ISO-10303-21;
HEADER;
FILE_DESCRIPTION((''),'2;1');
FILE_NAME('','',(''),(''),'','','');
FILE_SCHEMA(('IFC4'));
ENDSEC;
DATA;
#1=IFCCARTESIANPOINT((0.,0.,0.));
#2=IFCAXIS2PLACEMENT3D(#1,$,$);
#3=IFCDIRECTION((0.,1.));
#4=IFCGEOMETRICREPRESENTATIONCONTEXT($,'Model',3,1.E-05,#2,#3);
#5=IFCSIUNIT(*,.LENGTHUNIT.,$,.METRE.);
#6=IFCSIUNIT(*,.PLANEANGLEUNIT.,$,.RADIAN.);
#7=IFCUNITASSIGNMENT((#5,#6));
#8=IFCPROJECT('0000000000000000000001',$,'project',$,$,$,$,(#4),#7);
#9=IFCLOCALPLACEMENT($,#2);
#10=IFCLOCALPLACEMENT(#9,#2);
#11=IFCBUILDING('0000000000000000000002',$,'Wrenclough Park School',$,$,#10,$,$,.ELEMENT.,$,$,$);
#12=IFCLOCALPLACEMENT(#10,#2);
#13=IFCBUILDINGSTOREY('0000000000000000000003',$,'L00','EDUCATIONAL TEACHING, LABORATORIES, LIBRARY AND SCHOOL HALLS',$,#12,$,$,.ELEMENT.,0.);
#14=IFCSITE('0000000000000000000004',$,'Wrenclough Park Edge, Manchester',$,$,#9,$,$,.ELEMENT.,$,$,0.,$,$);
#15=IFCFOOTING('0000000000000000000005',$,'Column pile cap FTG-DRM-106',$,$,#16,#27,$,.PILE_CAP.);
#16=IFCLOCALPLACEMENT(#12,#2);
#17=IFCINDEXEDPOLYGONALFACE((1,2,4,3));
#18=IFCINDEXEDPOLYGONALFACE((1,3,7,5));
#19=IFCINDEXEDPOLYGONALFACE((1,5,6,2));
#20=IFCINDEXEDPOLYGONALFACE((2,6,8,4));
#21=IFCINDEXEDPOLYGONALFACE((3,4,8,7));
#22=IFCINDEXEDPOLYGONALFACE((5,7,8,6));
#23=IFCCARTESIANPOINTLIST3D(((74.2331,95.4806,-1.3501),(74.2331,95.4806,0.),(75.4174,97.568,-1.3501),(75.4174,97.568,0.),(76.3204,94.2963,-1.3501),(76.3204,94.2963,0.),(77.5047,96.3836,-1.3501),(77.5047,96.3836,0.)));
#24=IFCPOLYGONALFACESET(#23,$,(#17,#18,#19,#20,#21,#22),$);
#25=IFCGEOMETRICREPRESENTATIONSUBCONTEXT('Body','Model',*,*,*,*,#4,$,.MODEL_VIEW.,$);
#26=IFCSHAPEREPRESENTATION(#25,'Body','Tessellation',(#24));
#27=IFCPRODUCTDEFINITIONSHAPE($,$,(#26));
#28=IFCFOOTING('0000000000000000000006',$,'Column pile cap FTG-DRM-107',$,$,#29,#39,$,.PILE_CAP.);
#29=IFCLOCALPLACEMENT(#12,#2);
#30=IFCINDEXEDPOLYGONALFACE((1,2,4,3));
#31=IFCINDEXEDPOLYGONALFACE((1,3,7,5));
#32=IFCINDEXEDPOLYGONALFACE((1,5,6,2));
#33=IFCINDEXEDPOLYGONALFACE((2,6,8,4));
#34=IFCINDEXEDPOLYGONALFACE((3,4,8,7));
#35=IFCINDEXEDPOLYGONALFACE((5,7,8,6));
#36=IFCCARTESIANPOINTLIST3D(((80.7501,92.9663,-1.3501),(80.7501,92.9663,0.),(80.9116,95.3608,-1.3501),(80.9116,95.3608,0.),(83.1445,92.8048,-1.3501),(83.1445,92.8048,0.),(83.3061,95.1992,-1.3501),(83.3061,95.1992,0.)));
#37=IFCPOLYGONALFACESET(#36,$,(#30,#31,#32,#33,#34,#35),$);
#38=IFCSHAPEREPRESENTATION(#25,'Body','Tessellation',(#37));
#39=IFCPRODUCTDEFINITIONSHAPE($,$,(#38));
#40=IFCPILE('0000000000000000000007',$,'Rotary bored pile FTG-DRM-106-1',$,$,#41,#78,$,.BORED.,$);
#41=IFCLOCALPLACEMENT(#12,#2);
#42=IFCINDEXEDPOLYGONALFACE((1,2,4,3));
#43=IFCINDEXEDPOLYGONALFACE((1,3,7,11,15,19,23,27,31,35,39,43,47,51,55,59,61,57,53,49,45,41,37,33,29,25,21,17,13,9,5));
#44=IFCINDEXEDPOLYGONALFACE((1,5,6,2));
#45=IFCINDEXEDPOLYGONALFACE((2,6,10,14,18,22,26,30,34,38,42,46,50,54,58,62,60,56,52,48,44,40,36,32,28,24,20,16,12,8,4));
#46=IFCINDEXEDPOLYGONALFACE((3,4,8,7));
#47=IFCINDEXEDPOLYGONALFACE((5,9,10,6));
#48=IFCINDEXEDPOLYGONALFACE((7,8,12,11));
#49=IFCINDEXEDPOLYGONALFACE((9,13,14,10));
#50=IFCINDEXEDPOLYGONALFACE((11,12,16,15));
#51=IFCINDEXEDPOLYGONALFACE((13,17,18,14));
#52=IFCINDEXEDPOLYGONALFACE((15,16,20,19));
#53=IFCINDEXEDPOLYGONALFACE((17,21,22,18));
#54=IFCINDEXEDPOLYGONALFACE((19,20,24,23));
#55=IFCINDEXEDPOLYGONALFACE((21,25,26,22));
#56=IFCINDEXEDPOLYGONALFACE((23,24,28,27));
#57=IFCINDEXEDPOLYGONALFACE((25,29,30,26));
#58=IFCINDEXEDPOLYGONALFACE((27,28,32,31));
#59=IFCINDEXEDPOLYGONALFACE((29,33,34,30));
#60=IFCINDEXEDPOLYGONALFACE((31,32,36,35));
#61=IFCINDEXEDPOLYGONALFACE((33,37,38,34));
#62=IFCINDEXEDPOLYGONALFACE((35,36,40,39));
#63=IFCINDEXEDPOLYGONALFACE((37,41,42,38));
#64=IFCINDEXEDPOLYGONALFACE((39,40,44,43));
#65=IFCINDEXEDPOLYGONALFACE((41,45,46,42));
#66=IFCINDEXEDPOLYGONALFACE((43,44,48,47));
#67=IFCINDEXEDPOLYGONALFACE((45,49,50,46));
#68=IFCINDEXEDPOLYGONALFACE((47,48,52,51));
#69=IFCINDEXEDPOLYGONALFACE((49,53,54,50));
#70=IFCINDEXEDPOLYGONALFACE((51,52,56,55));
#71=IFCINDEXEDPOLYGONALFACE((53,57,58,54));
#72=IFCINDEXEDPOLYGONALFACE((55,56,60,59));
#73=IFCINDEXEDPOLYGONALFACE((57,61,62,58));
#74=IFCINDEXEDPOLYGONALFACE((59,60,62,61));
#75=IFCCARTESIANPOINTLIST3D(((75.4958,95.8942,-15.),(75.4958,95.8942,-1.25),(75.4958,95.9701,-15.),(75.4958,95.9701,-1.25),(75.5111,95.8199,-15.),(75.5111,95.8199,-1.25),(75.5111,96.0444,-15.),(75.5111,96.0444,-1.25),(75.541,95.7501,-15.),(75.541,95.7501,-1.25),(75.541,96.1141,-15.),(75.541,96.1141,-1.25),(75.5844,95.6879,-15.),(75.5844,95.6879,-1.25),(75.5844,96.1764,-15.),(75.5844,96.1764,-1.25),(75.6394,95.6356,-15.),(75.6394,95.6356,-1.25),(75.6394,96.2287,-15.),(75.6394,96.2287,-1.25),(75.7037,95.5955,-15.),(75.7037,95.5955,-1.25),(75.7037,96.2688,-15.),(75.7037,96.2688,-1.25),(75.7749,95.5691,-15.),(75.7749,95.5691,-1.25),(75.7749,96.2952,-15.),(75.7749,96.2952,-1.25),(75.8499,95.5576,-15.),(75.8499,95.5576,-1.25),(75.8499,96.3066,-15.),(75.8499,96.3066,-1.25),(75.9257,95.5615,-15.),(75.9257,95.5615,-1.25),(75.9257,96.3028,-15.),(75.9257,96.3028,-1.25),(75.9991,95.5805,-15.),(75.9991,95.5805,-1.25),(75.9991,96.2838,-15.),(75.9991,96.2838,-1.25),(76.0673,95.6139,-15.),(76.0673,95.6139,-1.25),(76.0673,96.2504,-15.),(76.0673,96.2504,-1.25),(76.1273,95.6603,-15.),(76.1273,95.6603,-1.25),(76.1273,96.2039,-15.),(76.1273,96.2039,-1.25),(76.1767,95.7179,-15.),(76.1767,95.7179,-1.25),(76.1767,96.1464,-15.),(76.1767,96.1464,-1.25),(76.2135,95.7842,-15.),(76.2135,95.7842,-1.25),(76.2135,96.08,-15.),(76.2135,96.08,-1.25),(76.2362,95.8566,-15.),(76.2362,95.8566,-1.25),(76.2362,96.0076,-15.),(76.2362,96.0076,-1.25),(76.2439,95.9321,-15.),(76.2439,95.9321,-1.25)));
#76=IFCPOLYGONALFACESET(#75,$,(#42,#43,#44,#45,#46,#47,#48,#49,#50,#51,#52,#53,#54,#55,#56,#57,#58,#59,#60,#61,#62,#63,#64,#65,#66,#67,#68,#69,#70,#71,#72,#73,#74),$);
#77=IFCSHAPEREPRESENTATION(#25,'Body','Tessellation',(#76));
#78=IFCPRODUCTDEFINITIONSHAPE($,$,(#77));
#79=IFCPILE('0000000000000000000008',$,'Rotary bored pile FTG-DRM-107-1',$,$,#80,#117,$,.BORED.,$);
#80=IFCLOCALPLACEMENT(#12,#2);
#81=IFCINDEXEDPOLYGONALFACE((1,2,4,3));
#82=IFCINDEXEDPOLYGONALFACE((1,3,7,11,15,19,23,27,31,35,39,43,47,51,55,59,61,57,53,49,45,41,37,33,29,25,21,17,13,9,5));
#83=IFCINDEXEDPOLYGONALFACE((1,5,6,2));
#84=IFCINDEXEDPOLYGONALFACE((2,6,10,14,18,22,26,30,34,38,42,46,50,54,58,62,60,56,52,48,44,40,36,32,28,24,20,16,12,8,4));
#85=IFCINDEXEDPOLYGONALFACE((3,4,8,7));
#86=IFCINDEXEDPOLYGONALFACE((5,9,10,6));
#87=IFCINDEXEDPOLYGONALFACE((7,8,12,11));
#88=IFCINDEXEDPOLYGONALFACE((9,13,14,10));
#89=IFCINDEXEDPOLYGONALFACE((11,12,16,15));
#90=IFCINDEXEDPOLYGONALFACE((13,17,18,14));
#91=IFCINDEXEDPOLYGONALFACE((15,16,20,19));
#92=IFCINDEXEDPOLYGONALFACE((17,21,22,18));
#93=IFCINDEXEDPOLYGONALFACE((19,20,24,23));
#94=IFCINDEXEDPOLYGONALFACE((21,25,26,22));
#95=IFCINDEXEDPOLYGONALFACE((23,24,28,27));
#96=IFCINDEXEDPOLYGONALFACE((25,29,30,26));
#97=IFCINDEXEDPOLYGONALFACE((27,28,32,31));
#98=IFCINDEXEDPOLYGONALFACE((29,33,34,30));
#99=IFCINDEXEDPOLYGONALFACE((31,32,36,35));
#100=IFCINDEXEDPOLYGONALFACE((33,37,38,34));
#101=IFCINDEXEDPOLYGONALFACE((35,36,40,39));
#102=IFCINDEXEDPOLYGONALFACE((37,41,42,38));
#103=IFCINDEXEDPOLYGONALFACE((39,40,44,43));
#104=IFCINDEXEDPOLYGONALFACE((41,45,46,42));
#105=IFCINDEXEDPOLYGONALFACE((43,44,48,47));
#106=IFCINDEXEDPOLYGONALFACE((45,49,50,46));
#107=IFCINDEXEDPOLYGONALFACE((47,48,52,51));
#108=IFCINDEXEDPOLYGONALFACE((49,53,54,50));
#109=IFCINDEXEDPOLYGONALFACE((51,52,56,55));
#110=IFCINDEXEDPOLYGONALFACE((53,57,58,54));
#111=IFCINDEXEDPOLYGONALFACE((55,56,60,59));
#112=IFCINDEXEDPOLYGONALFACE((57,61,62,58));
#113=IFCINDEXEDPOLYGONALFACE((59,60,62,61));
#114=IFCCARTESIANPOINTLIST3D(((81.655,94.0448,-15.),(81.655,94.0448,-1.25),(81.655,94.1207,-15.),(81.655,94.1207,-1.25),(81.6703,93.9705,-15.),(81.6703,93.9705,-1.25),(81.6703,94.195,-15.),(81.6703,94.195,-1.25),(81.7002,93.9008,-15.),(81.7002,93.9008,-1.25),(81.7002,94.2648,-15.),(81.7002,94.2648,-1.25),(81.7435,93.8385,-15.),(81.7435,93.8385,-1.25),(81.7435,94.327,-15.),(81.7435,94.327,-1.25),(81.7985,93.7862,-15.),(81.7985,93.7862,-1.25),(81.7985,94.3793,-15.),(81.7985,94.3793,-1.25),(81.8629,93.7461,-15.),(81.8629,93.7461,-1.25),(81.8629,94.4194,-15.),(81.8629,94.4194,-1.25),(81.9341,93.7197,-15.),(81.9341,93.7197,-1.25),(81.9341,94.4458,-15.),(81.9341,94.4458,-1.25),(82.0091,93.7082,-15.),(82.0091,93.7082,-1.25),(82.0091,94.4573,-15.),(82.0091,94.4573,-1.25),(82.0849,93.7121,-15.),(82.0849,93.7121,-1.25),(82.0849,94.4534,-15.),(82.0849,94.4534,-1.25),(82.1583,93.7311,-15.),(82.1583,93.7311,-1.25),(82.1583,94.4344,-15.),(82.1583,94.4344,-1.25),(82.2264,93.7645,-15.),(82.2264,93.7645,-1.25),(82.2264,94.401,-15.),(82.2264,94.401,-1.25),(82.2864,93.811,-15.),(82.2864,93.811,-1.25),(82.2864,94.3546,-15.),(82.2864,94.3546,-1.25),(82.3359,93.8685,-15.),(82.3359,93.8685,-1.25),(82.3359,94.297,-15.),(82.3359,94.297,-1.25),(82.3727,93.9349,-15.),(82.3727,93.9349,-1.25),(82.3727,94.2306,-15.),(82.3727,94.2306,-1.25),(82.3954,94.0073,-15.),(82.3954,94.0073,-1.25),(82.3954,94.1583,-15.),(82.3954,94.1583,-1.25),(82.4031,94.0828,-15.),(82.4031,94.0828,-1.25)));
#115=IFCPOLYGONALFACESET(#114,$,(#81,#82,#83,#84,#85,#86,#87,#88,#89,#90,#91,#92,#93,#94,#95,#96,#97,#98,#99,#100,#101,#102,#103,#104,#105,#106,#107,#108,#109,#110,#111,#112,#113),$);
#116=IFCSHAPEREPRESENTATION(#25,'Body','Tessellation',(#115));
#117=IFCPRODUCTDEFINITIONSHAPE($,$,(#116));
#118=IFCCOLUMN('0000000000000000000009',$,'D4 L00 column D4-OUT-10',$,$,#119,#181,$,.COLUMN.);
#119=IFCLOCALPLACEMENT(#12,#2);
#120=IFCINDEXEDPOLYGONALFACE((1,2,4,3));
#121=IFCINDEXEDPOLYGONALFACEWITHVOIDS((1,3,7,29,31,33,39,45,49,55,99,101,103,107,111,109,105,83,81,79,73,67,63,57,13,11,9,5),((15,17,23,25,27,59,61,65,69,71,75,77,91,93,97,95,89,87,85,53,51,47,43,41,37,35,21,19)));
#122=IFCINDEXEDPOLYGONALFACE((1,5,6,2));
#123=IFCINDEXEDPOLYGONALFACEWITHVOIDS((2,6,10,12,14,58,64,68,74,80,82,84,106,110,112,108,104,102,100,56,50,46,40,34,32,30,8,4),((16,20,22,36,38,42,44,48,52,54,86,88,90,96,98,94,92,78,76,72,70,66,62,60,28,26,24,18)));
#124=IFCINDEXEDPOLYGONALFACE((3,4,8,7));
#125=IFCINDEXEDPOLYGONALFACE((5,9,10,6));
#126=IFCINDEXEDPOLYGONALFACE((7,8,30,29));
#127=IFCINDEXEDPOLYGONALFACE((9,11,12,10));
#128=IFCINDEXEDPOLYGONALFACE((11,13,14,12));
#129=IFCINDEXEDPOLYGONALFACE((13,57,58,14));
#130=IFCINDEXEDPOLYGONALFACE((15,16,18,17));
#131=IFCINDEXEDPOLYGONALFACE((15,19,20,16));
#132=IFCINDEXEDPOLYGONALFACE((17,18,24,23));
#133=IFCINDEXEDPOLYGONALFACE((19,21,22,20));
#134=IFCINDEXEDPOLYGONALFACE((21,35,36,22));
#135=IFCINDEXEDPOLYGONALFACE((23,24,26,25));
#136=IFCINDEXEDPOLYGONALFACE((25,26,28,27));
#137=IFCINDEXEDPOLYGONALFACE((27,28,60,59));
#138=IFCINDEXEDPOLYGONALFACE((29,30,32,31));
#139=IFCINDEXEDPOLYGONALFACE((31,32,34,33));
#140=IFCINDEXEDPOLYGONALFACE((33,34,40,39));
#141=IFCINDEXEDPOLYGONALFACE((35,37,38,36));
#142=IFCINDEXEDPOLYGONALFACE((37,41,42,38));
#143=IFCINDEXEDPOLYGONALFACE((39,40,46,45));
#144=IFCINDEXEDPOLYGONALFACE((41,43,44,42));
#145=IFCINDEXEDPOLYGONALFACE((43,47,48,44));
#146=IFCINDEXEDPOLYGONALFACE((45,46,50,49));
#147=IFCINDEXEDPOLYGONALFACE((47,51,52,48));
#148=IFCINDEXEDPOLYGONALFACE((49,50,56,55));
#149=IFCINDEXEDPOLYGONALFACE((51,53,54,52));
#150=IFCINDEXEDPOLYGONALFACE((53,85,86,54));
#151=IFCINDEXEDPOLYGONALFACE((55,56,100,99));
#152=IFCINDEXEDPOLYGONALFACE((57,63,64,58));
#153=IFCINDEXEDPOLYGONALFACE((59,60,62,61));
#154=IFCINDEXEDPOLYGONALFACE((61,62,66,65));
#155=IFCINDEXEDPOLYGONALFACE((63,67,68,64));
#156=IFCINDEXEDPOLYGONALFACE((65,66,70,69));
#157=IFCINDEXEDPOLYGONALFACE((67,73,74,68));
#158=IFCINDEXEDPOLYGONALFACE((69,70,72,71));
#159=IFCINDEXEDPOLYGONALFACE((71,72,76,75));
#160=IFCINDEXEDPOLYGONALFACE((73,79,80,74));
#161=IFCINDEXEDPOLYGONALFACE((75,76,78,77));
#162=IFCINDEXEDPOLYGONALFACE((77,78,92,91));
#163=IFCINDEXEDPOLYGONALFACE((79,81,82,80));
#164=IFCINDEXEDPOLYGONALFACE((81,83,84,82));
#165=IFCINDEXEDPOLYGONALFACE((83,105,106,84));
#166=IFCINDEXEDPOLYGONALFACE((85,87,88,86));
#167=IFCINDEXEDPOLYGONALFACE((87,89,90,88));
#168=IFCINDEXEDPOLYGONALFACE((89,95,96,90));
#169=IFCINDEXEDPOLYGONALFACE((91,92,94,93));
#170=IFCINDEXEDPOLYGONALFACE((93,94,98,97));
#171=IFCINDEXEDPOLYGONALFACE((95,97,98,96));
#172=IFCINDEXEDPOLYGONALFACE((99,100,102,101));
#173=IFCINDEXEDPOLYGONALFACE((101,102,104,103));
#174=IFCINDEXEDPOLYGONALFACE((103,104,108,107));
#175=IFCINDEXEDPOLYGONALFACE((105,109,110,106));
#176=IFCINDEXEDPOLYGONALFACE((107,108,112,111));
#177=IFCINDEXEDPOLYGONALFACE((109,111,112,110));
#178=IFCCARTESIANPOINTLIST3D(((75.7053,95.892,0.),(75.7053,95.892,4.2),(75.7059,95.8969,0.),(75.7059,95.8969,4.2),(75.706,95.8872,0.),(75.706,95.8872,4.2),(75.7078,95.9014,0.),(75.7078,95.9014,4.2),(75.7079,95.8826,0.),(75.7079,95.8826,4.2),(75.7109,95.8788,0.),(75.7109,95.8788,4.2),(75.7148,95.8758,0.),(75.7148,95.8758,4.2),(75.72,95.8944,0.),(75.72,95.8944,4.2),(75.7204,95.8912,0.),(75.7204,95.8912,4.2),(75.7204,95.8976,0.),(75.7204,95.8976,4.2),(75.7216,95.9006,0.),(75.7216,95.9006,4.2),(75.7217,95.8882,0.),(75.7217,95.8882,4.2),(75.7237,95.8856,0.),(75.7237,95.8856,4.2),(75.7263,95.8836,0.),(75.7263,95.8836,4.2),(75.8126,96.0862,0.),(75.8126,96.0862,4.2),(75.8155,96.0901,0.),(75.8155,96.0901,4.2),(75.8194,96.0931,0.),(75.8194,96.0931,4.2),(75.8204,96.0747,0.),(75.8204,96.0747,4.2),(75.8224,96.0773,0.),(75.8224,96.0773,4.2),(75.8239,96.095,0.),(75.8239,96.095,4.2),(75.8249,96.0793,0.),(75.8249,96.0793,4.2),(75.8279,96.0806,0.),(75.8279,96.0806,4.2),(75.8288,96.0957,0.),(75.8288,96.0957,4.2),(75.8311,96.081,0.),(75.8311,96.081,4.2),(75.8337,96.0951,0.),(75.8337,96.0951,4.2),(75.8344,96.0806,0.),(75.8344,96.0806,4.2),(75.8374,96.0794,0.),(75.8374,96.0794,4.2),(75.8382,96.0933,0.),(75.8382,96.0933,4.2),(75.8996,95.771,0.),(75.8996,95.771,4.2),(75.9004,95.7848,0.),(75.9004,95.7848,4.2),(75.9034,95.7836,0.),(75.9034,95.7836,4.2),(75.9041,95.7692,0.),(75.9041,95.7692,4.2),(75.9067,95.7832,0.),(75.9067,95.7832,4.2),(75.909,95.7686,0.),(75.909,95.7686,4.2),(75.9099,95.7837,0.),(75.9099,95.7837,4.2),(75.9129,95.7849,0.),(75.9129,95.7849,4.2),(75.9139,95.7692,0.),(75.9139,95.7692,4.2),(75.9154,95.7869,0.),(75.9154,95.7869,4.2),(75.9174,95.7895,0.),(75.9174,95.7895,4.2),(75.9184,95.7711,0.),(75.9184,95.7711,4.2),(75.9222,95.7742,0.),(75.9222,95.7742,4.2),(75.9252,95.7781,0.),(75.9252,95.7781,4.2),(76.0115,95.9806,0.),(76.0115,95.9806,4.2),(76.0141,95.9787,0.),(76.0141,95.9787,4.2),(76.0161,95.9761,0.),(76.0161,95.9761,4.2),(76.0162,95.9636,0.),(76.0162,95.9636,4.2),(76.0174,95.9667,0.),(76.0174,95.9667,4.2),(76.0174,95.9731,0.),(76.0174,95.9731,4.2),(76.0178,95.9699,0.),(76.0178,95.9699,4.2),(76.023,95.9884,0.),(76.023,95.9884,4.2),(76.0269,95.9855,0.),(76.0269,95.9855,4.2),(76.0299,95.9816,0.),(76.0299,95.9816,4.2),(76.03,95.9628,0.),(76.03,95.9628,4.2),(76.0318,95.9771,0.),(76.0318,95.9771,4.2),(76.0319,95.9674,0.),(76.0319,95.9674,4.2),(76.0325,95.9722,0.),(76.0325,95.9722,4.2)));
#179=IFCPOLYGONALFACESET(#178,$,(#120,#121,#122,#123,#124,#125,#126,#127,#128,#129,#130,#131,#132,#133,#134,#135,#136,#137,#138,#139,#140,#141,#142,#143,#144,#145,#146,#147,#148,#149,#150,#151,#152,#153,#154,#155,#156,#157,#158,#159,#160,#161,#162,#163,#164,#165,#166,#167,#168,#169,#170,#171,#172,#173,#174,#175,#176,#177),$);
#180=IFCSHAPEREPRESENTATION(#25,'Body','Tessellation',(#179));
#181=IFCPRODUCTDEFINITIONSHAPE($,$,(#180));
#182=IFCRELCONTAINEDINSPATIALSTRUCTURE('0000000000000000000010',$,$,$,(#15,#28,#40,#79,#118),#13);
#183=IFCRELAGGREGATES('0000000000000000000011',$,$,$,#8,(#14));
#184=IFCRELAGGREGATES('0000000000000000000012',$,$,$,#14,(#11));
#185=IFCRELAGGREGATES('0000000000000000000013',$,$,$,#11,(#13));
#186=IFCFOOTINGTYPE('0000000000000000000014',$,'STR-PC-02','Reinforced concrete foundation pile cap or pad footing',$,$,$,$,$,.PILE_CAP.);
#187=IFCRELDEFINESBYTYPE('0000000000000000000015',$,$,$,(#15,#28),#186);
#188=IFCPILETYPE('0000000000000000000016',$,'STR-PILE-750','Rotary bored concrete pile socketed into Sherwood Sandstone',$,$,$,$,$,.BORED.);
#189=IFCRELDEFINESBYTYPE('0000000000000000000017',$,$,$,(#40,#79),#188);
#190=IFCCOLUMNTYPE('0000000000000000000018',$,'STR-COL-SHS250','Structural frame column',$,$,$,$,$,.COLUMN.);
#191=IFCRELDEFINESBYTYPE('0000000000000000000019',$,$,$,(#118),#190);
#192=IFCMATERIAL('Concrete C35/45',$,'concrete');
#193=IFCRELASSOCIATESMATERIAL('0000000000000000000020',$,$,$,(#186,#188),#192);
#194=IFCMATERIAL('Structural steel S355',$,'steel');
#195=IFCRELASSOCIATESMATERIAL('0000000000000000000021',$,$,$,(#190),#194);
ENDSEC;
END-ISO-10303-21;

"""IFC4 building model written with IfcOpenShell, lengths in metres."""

from ifc_helpers import new_model, si_unit, direction, frame, origin, origin_2d, place, context, subcontext, project, spatial, rectangle, hollow_rectangle, circle, extrude, material, material_profile, profile_set, type_object, element, save


model = new_model("IFC4")

# Units and contexts
model_context = context("Model", 3, precision=1e-05, world=origin(), true_north=direction((0.0, 1.0)))
body_context = subcontext(model_context, "Body", "Model", "MODEL_VIEW")
ifc_project = project(units=[si_unit("LENGTHUNIT", "METRE"), si_unit("PLANEANGLEUNIT", "RADIAN")], contexts=[model_context])

# Site, building, storey
site_placement = place(None, origin())
site = spatial("IfcSite", under=ifc_project, at=site_placement, Name="Wrenclough Park Edge, Manchester", CompositionType="ELEMENT", RefElevation=0.0)
building_placement = place(site_placement, origin())
building = spatial("IfcBuilding", under=site, at=building_placement, Name="Wrenclough Park School", CompositionType="ELEMENT")
storey_placement = place(building_placement, origin())
storey = spatial("IfcBuildingStorey", under=building, at=storey_placement, Name="L00", Description="EDUCATIONAL TEACHING, LABORATORIES, LIBRARY AND SCHOOL HALLS", CompositionType="ELEMENT", Elevation=0.0)

# Footings
ifc_material_1 = material(Name="Concrete C35/45", Category="concrete")
footing_type = type_object("IfcFootingType", Name="STR-PC-02", Description="Reinforced concrete foundation pile cap or pad footing", PredefinedType="PILE_CAP", material=ifc_material_1)
for number, where, z_axis, x_axis, name in (
    (1, (75.8689, 95.9321, -1.3501), (0.0, 0.0, 1.0), (0.869753, -0.493487, 0.0), "Column pile cap FTG-DRM-106"),
    (2, (82.0281, 94.0828, -1.3501), (0.0, 0.0, 1.0), (0.997732, -0.067319, 0.0), "Column pile cap FTG-DRM-107"),
):
    element("IfcFooting", number, at=place(storey_placement, frame(where, z_axis=z_axis, x_axis=x_axis)), inside=storey, type_object=footing_type, Name=name, PredefinedType="PILE_CAP", context=body_context, shape_type="SweptSolid", body=[
        extrude(rectangle(XDim=2.3999, YDim=2.3999, at=origin_2d()), origin(), (0.0, 0.0, 1.0), 1.3501),
    ])

# Piles
ifc_material_profile_1 = material_profile(ifc_material_1, circle(Radius=0.375, at=origin_2d()), Name="BORED PILE D750")
ifc_profile_set_1 = profile_set([ifc_material_profile_1], Name="Concrete C35/45")
pile_type = type_object("IfcPileType", Name="STR-PILE-750", Description="Rotary bored concrete pile socketed into Sherwood Sandstone", PredefinedType="BORED", material=ifc_profile_set_1)
for number, where, z_axis, x_axis, name in (
    (3, (75.8689, 95.9321, -1.25), (0.0, 0.0, -1.0), (1.0, 0.0, 0.0), "Rotary bored pile FTG-DRM-106-1"),
    (4, (82.0281, 94.0828, -1.25), (0.0, 0.0, -1.0), (1.0, 0.0, 0.0), "Rotary bored pile FTG-DRM-107-1"),
):
    element("IfcPile", number, at=place(storey_placement, frame(where, z_axis=z_axis, x_axis=x_axis)), inside=storey, type_object=pile_type, Name=name, PredefinedType="BORED", context=body_context, shape_type="SweptSolid", body=[
        extrude(circle(Radius=0.375, at=origin_2d()), origin(), (0.0, 0.0, 1.0), 13.75),
    ])

# Column
ifc_material_2 = material(Name="Structural steel S355", Category="steel")
ifc_material_profile_2 = material_profile(ifc_material_2, hollow_rectangle(XDim=0.25, YDim=0.25, WallThickness=0.0125, InnerFilletRadius=0.0125, OuterFilletRadius=0.0188, at=origin_2d()), Name="SHS 250x250x12.5")
ifc_profile_set_2 = profile_set([ifc_material_profile_2], Name="Structural steel S355")
column_type = type_object("IfcColumnType", Name="STR-COL-SHS250", Description="Structural frame column", PredefinedType="COLUMN", material=ifc_profile_set_2)
for number, where, z_axis, x_axis, name in (
    (5, (75.8689, 95.9321, 0.0), (0.0, 0.0, 1.0), (0.869753, -0.493487, 0.0), "D4 L00 column D4-OUT-10"),
):
    element("IfcColumn", number, at=place(storey_placement, frame(where, z_axis=z_axis, x_axis=x_axis)), inside=storey, type_object=column_type, Name=name, PredefinedType="COLUMN", context=body_context, shape_type="SweptSolid", body=[
        extrude(hollow_rectangle(XDim=0.25, YDim=0.25, WallThickness=0.0125, InnerFilletRadius=0.0125, OuterFilletRadius=0.0188, at=origin_2d()), origin(), (0.0, 0.0, 1.0), 4.2),
    ])

save(model, "model.ifc")
